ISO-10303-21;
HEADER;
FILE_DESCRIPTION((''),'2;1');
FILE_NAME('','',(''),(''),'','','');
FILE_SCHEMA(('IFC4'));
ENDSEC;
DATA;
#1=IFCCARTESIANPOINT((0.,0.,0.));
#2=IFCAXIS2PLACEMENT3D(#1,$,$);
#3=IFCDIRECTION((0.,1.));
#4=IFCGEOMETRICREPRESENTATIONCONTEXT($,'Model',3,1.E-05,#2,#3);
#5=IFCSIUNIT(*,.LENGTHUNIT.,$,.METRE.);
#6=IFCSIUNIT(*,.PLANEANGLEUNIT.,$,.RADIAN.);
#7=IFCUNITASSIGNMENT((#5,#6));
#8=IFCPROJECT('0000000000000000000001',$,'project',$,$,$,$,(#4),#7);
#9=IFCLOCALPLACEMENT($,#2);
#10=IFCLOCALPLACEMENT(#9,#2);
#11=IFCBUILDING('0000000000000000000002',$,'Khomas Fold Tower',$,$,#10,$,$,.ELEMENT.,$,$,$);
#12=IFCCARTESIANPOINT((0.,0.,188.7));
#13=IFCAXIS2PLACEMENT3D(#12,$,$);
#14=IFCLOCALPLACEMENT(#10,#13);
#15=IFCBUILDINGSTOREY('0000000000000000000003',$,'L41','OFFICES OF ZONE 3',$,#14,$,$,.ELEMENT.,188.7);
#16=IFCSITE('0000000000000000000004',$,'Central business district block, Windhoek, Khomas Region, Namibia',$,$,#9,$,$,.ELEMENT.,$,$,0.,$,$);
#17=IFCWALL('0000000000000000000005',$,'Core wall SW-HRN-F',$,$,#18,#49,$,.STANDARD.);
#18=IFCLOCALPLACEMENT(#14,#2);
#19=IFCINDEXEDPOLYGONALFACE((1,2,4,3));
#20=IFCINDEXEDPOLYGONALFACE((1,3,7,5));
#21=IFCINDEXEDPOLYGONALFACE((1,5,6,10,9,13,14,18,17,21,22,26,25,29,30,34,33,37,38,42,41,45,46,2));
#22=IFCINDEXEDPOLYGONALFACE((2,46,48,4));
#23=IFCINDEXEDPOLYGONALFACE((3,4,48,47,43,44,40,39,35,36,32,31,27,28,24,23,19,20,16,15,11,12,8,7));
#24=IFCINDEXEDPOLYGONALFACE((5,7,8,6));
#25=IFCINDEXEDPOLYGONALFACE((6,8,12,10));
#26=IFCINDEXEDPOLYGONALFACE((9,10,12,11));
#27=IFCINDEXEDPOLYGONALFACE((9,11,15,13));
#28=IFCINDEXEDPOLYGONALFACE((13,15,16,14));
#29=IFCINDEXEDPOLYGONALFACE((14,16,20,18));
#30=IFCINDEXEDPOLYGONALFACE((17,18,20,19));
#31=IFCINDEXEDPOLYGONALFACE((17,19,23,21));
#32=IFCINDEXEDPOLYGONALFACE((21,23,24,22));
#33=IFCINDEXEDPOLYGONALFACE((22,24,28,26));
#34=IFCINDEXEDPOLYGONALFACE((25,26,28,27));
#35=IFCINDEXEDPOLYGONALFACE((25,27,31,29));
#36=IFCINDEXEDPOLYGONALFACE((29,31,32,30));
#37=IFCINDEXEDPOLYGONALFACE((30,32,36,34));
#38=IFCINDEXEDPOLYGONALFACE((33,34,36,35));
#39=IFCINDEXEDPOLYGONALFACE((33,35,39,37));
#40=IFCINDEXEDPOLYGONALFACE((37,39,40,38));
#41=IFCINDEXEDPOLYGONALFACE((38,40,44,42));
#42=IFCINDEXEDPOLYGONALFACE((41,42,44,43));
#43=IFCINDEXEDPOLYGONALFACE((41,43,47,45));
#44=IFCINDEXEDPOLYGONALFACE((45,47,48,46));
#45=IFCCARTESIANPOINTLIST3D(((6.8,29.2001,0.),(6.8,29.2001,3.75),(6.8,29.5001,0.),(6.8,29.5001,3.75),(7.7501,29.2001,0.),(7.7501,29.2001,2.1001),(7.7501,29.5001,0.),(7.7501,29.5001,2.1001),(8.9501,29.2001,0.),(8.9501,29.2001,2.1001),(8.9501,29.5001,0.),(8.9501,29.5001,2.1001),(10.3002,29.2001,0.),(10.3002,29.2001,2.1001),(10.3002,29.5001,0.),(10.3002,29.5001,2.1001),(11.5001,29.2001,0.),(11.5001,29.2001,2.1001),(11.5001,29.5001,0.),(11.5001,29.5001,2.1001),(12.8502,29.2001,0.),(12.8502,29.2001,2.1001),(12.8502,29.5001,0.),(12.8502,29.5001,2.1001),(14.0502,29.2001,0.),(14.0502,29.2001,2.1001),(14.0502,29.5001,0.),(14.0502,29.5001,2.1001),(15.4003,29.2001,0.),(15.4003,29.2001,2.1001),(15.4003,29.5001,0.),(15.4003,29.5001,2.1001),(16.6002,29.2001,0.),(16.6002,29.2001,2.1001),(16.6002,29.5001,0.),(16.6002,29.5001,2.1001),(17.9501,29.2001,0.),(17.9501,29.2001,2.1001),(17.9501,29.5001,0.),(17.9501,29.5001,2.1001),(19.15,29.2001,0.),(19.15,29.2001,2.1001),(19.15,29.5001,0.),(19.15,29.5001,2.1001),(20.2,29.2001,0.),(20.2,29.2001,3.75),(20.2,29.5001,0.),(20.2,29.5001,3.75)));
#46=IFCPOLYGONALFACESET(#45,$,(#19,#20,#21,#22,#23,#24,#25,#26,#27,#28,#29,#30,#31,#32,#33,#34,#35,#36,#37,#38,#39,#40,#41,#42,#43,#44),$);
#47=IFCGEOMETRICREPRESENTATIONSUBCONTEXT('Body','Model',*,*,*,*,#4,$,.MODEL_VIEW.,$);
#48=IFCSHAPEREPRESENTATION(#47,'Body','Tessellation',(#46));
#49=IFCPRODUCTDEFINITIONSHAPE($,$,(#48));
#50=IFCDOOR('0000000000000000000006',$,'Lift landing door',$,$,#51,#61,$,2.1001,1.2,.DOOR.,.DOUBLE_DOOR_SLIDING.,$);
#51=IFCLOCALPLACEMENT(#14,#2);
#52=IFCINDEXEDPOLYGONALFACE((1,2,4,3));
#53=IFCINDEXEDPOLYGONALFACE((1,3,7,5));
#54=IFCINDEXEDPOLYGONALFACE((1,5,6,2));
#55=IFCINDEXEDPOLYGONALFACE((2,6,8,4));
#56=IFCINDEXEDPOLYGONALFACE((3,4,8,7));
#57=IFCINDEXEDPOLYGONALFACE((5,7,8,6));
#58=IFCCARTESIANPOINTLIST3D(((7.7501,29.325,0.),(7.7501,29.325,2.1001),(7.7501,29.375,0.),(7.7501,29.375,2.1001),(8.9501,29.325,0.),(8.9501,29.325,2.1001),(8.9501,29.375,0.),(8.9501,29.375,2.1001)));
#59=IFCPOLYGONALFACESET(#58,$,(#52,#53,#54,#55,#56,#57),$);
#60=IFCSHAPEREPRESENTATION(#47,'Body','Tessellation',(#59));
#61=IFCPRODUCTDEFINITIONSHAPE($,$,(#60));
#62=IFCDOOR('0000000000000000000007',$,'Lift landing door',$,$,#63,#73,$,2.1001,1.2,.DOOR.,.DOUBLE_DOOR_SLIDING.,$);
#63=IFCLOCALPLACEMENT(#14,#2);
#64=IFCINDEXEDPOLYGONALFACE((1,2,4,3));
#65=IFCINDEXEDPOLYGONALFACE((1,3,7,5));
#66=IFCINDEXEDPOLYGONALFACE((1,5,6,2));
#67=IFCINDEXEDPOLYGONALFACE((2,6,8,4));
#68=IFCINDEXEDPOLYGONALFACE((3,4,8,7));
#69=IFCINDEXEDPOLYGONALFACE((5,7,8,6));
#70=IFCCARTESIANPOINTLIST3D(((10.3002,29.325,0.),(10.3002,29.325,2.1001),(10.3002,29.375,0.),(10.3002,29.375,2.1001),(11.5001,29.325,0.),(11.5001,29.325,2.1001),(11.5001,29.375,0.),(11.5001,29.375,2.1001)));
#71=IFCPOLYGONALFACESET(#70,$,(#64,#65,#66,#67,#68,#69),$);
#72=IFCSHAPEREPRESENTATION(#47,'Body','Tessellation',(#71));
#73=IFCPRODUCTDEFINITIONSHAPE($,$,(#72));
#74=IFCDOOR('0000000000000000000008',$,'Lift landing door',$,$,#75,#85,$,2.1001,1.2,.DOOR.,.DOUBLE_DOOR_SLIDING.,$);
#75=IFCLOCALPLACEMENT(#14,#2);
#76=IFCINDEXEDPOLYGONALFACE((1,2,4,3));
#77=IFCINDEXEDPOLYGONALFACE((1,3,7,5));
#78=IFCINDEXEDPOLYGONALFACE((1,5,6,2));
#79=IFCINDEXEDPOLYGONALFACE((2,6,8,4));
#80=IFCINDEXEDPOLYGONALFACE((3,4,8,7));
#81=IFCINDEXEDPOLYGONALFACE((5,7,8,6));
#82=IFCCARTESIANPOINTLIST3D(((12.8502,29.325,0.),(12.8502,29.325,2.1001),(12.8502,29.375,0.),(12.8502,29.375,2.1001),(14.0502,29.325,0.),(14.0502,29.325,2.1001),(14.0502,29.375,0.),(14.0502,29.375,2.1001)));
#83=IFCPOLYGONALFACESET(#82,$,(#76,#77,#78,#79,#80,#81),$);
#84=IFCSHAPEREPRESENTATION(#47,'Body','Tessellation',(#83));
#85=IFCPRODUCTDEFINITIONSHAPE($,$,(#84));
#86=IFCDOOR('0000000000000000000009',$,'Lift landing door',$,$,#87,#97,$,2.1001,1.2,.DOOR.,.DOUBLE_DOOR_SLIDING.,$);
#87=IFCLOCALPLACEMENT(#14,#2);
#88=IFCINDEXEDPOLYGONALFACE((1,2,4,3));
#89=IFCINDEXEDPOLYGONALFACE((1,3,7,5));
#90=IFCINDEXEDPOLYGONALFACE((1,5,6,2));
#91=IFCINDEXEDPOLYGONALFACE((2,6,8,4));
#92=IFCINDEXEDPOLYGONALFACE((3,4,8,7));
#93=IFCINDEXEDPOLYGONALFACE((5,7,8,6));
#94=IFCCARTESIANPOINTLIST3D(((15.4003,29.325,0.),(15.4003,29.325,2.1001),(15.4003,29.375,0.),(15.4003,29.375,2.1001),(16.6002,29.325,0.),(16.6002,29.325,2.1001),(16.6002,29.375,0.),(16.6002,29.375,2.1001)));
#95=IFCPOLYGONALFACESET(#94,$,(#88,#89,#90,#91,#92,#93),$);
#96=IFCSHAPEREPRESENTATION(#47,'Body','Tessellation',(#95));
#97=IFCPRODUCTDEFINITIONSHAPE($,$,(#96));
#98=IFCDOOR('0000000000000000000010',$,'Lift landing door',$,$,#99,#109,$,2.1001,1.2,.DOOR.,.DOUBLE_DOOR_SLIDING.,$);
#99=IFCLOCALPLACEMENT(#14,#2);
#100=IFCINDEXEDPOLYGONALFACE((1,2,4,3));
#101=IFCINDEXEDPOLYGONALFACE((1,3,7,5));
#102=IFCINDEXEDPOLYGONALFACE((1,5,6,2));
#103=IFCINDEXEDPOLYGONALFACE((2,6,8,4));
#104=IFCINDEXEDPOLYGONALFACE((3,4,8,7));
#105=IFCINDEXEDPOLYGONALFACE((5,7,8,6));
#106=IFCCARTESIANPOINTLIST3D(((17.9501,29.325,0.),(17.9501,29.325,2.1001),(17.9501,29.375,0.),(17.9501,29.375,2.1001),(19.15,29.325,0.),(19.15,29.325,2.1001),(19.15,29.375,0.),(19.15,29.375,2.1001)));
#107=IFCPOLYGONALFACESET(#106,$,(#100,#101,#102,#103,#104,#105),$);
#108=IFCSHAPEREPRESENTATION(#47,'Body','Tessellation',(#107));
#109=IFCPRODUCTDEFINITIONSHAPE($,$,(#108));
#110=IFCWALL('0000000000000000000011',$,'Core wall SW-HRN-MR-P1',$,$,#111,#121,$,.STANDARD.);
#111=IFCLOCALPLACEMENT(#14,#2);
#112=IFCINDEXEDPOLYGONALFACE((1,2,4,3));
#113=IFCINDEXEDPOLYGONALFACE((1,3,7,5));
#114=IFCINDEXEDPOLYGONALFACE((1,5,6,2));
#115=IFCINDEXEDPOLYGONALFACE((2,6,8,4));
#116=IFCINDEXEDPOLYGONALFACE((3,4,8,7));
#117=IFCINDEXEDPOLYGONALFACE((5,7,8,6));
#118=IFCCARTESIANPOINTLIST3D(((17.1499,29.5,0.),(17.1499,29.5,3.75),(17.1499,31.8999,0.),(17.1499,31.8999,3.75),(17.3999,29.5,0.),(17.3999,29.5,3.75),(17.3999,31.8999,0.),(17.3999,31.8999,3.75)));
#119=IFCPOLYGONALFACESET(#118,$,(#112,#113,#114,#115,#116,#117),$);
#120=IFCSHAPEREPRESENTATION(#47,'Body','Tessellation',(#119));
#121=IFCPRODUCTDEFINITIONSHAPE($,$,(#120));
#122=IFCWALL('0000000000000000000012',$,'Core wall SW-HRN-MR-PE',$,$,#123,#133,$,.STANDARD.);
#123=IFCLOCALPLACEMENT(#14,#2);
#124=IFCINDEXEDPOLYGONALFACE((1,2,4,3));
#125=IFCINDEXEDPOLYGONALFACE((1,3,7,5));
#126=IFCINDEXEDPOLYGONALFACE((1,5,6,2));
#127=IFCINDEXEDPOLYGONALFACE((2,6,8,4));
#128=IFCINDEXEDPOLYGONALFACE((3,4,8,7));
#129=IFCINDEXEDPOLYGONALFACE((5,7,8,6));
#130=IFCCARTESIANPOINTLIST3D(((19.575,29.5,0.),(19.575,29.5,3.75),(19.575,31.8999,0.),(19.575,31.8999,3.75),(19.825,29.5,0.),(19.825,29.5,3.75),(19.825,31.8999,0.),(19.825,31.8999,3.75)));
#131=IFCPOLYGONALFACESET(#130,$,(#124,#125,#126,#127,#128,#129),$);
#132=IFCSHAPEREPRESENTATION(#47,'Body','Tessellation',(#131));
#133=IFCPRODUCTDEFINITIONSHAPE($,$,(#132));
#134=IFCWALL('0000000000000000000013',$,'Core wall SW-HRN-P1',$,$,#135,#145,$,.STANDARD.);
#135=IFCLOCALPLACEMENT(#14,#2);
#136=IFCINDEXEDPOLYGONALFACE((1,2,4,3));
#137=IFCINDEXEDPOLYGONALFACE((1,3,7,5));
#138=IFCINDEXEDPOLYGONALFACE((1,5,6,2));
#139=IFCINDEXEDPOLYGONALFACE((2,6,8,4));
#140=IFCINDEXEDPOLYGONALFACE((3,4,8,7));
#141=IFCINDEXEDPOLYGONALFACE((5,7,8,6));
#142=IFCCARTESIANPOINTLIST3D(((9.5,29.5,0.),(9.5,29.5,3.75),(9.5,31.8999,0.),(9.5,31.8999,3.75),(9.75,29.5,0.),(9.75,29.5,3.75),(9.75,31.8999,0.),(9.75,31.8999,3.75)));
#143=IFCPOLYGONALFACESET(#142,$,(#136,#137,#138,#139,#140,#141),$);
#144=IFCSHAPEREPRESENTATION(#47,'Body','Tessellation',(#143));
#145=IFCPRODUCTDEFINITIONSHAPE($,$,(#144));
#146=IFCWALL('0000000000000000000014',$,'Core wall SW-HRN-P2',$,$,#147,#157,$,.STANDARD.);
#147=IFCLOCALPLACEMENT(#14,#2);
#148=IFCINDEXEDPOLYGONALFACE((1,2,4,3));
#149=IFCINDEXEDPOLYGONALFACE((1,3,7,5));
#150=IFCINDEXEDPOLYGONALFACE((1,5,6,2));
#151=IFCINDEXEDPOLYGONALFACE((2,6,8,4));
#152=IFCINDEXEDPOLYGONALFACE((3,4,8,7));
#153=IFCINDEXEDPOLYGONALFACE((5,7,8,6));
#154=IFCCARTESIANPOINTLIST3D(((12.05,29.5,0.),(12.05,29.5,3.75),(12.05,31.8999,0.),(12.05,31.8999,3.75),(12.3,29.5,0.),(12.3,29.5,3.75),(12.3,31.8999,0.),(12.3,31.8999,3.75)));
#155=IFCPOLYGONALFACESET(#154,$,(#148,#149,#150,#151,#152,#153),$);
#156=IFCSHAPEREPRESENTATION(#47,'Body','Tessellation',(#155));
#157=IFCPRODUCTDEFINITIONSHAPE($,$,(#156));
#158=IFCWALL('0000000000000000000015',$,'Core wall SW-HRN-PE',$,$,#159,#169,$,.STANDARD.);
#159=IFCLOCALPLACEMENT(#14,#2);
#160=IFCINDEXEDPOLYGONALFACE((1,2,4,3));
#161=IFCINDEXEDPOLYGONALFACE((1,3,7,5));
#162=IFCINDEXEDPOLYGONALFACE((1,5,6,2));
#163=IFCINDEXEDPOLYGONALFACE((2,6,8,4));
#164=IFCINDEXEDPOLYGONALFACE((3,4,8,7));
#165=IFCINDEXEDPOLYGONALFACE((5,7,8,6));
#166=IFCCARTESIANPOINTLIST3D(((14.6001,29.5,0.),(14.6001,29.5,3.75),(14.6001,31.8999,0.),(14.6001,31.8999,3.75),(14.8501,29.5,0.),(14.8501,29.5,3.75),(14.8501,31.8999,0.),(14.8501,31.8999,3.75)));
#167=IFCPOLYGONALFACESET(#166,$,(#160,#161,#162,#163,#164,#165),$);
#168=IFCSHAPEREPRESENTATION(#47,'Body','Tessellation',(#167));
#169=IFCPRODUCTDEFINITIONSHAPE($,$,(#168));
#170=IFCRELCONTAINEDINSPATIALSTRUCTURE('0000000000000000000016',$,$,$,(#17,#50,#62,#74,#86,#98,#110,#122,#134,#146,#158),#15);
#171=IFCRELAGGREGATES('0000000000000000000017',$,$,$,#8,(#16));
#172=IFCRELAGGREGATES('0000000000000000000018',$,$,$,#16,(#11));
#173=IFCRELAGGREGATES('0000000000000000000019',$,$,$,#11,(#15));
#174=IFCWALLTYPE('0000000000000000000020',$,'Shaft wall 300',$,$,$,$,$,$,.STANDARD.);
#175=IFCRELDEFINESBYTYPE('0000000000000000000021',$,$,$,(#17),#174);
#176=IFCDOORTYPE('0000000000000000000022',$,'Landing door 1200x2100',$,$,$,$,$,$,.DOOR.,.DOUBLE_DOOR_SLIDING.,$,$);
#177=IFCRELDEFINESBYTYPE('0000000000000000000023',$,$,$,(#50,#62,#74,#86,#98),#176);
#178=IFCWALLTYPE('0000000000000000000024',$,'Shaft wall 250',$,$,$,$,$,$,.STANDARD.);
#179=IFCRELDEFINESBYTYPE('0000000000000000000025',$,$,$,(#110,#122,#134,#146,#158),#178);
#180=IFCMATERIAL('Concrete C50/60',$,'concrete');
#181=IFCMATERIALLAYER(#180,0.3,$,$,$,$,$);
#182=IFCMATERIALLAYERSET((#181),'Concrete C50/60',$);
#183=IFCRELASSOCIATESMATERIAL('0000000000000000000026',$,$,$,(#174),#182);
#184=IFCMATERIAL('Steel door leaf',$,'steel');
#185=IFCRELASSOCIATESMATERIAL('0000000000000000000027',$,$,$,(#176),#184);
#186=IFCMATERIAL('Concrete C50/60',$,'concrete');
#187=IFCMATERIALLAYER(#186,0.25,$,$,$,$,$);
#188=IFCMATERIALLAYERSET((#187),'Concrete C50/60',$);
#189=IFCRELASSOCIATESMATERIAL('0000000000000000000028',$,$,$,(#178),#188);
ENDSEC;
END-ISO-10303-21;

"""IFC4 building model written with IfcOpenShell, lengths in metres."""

from ifc_helpers import new_model, si_unit, direction, frame, frame_2d, origin, place, context, subcontext, project, spatial, rectangle, extrude, source, transform, mapped, material, layer, layer_set, type_object, element, fill, save


model = new_model("IFC4")

# Units and contexts
model_context = context("Model", 3, precision=1e-05, world=origin(), true_north=direction((0.0, 1.0)))
body_context = subcontext(model_context, "Body", "Model", "MODEL_VIEW")
ifc_project = project(units=[si_unit("LENGTHUNIT", "METRE"), si_unit("PLANEANGLEUNIT", "RADIAN")], contexts=[model_context])

# Site, building, storey
site_placement = place(None, origin())
site = spatial("IfcSite", under=ifc_project, at=site_placement, Name="Central business district block, Windhoek, Khomas Region, Namibia", CompositionType="ELEMENT", RefElevation=0.0)
building_placement = place(site_placement, origin())
building = spatial("IfcBuilding", under=site, at=building_placement, Name="Khomas Fold Tower", CompositionType="ELEMENT")
storey_placement = place(building_placement, frame((0.0, 0.0, 188.7)))
storey = spatial("IfcBuildingStorey", under=building, at=storey_placement, Name="L41", Description="OFFICES OF ZONE 3", CompositionType="ELEMENT", Elevation=188.7)

# Shared definitions
ifc_material_1 = material(Name="Concrete C50/60", Category="concrete")
ifc_layer_1 = layer(ifc_material_1, 0.3)
ifc_layer_set_1 = layer_set([ifc_layer_1], Name="Concrete C50/60")
wall_type_1 = type_object("IfcWallType", Name="Shaft wall 300", PredefinedType="STANDARD", material=ifc_layer_set_1)
shared_shape_1 = source(origin(), body_context, "Body", "SweptSolid", [
    extrude(rectangle(XDim=13.3999, YDim=0.3, at=frame_2d((6.7, 0.0))), origin(), (0.0, 0.0, 1.0), 3.75),
])

# Wall, openings, doors
wall_1_placement = place(storey_placement, frame((6.8, 29.3501, 0.0), z_axis=(0.0, 0.0, 1.0), x_axis=(1.0, 0.0, 0.0)))
wall_1 = element("IfcWall", 1, at=wall_1_placement, inside=storey, type_object=wall_type_1, Name="Core wall SW-HRN-F", PredefinedType="STANDARD", context=body_context, shape_type="MappedRepresentation", body=[
    mapped(shared_shape_1, transform((0.0, 0.0, 0.0))),
])
shared_shape_2 = source(origin(), body_context, "Body", "SweptSolid", [
    extrude(rectangle(XDim=1.2, YDim=2.1001, at=frame_2d((0.6001, 1.05))), frame((0.0, 0.1599, 0.0), z_axis=(0.0, -1.0, 0.0), x_axis=(1.0, 0.0, 0.0)), (0.0, 0.0, 1.0), 0.3201),
])
opening_1_placement = place(wall_1_placement, frame((0.95, 0.0, 0.0)))
opening_1 = element("IfcOpeningElement", 2, at=opening_1_placement, cuts=wall_1, PredefinedType="OPENING", context=body_context, shape_type="MappedRepresentation", body=[
    mapped(shared_shape_2, transform((0.0, 0.0, 0.0))),
])
opening_2_placement = place(wall_1_placement, frame((3.5, 0.0, 0.0)))
opening_2 = element("IfcOpeningElement", 3, at=opening_2_placement, cuts=wall_1, PredefinedType="OPENING", context=body_context, shape_type="MappedRepresentation", body=[
    mapped(shared_shape_2, transform((0.0, 0.0, 0.0))),
])
opening_3_placement = place(wall_1_placement, frame((6.05, 0.0, 0.0)))
opening_3 = element("IfcOpeningElement", 4, at=opening_3_placement, cuts=wall_1, PredefinedType="OPENING", context=body_context, shape_type="MappedRepresentation", body=[
    mapped(shared_shape_2, transform((0.0, 0.0, 0.0))),
])
opening_4_placement = place(wall_1_placement, frame((8.6001, 0.0, 0.0)))
opening_4 = element("IfcOpeningElement", 5, at=opening_4_placement, cuts=wall_1, PredefinedType="OPENING", context=body_context, shape_type="MappedRepresentation", body=[
    mapped(shared_shape_2, transform((0.0, 0.0, 0.0))),
])
opening_5_placement = place(wall_1_placement, frame((11.1499, 0.0, 0.0)))
opening_5 = element("IfcOpeningElement", 6, at=opening_5_placement, cuts=wall_1, PredefinedType="OPENING", context=body_context, shape_type="MappedRepresentation", body=[
    mapped(shared_shape_2, transform((0.0, 0.0, 0.0))),
])
ifc_material_2 = material(Name="Steel door leaf", Category="steel")
door_type_1 = type_object("IfcDoorType", Name="Landing door 1200x2100", OperationType="DOUBLE_DOOR_SLIDING", PredefinedType="DOOR", material=ifc_material_2)
shared_shape_3 = source(origin(), body_context, "Body", "SweptSolid", [
    extrude(rectangle(XDim=1.2, YDim=2.1001, at=frame_2d((0.6001, 1.05))), frame((0.0, 0.0249, 0.0), z_axis=(0.0, -1.0, 0.0), x_axis=(1.0, 0.0, 0.0)), (0.0, 0.0, 1.0), 0.05),
])
door_1_placement = place(opening_1_placement, origin())
door_1 = element("IfcDoor", 7, at=door_1_placement, inside=storey, type_object=door_type_1, Name="Lift landing door", OperationType="DOUBLE_DOOR_SLIDING", OverallHeight=2.1001, OverallWidth=1.2, PredefinedType="DOOR", context=body_context, shape_type="MappedRepresentation", body=[
    mapped(shared_shape_3, transform((0.0, 0.0, 0.0))),
])
fill(opening_1, door_1)
door_2_placement = place(opening_2_placement, origin())
door_2 = element("IfcDoor", 8, at=door_2_placement, inside=storey, type_object=door_type_1, Name="Lift landing door", OperationType="DOUBLE_DOOR_SLIDING", OverallHeight=2.1001, OverallWidth=1.2, PredefinedType="DOOR", context=body_context, shape_type="MappedRepresentation", body=[
    mapped(shared_shape_3, transform((0.0, 0.0, 0.0))),
])
fill(opening_2, door_2)
door_3_placement = place(opening_3_placement, origin())
door_3 = element("IfcDoor", 9, at=door_3_placement, inside=storey, type_object=door_type_1, Name="Lift landing door", OperationType="DOUBLE_DOOR_SLIDING", OverallHeight=2.1001, OverallWidth=1.2, PredefinedType="DOOR", context=body_context, shape_type="MappedRepresentation", body=[
    mapped(shared_shape_3, transform((0.0, 0.0, 0.0))),
])
fill(opening_3, door_3)
door_4_placement = place(opening_4_placement, origin())
door_4 = element("IfcDoor", 10, at=door_4_placement, inside=storey, type_object=door_type_1, Name="Lift landing door", OperationType="DOUBLE_DOOR_SLIDING", OverallHeight=2.1001, OverallWidth=1.2, PredefinedType="DOOR", context=body_context, shape_type="MappedRepresentation", body=[
    mapped(shared_shape_3, transform((0.0, 0.0, 0.0))),
])
fill(opening_4, door_4)
door_5_placement = place(opening_5_placement, origin())
door_5 = element("IfcDoor", 11, at=door_5_placement, inside=storey, type_object=door_type_1, Name="Lift landing door", OperationType="DOUBLE_DOOR_SLIDING", OverallHeight=2.1001, OverallWidth=1.2, PredefinedType="DOOR", context=body_context, shape_type="MappedRepresentation", body=[
    mapped(shared_shape_3, transform((0.0, 0.0, 0.0))),
])
fill(opening_5, door_5)

# Walls
ifc_material_3 = material(Name="Concrete C50/60", Category="concrete")
ifc_layer_2 = layer(ifc_material_3, 0.25)
ifc_layer_set_2 = layer_set([ifc_layer_2], Name="Concrete C50/60")
wall_type_2 = type_object("IfcWallType", Name="Shaft wall 250", PredefinedType="STANDARD", material=ifc_layer_set_2)
shared_shape_4 = source(origin(), body_context, "Body", "SweptSolid", [
    extrude(rectangle(XDim=2.3999, YDim=0.25, at=frame_2d((1.2, 0.0))), origin(), (0.0, 0.0, 1.0), 3.75),
])
for number, where, z_axis, x_axis, name in (
    (12, (17.2749, 29.5, 0.0), (0.0, 0.0, 1.0), (0.0, 1.0, 0.0), "Core wall SW-HRN-MR-P1"),
    (13, (19.7, 29.5, 0.0), (0.0, 0.0, 1.0), (0.0, 1.0, 0.0), "Core wall SW-HRN-MR-PE"),
    (14, (9.625, 29.5, 0.0), (0.0, 0.0, 1.0), (0.0, 1.0, 0.0), "Core wall SW-HRN-P1"),
    (15, (12.175, 29.5, 0.0), (0.0, 0.0, 1.0), (0.0, 1.0, 0.0), "Core wall SW-HRN-P2"),
    (16, (14.7251, 29.5, 0.0), (0.0, 0.0, 1.0), (0.0, 1.0, 0.0), "Core wall SW-HRN-PE"),
):
    element("IfcWall", number, at=place(storey_placement, frame(where, z_axis=z_axis, x_axis=x_axis)), inside=storey, type_object=wall_type_2, Name=name, PredefinedType="STANDARD", context=body_context, shape_type="MappedRepresentation", body=[
        mapped(shared_shape_4, transform((0.0, 0.0, 0.0))),
    ])

save(model, "model.ifc")
